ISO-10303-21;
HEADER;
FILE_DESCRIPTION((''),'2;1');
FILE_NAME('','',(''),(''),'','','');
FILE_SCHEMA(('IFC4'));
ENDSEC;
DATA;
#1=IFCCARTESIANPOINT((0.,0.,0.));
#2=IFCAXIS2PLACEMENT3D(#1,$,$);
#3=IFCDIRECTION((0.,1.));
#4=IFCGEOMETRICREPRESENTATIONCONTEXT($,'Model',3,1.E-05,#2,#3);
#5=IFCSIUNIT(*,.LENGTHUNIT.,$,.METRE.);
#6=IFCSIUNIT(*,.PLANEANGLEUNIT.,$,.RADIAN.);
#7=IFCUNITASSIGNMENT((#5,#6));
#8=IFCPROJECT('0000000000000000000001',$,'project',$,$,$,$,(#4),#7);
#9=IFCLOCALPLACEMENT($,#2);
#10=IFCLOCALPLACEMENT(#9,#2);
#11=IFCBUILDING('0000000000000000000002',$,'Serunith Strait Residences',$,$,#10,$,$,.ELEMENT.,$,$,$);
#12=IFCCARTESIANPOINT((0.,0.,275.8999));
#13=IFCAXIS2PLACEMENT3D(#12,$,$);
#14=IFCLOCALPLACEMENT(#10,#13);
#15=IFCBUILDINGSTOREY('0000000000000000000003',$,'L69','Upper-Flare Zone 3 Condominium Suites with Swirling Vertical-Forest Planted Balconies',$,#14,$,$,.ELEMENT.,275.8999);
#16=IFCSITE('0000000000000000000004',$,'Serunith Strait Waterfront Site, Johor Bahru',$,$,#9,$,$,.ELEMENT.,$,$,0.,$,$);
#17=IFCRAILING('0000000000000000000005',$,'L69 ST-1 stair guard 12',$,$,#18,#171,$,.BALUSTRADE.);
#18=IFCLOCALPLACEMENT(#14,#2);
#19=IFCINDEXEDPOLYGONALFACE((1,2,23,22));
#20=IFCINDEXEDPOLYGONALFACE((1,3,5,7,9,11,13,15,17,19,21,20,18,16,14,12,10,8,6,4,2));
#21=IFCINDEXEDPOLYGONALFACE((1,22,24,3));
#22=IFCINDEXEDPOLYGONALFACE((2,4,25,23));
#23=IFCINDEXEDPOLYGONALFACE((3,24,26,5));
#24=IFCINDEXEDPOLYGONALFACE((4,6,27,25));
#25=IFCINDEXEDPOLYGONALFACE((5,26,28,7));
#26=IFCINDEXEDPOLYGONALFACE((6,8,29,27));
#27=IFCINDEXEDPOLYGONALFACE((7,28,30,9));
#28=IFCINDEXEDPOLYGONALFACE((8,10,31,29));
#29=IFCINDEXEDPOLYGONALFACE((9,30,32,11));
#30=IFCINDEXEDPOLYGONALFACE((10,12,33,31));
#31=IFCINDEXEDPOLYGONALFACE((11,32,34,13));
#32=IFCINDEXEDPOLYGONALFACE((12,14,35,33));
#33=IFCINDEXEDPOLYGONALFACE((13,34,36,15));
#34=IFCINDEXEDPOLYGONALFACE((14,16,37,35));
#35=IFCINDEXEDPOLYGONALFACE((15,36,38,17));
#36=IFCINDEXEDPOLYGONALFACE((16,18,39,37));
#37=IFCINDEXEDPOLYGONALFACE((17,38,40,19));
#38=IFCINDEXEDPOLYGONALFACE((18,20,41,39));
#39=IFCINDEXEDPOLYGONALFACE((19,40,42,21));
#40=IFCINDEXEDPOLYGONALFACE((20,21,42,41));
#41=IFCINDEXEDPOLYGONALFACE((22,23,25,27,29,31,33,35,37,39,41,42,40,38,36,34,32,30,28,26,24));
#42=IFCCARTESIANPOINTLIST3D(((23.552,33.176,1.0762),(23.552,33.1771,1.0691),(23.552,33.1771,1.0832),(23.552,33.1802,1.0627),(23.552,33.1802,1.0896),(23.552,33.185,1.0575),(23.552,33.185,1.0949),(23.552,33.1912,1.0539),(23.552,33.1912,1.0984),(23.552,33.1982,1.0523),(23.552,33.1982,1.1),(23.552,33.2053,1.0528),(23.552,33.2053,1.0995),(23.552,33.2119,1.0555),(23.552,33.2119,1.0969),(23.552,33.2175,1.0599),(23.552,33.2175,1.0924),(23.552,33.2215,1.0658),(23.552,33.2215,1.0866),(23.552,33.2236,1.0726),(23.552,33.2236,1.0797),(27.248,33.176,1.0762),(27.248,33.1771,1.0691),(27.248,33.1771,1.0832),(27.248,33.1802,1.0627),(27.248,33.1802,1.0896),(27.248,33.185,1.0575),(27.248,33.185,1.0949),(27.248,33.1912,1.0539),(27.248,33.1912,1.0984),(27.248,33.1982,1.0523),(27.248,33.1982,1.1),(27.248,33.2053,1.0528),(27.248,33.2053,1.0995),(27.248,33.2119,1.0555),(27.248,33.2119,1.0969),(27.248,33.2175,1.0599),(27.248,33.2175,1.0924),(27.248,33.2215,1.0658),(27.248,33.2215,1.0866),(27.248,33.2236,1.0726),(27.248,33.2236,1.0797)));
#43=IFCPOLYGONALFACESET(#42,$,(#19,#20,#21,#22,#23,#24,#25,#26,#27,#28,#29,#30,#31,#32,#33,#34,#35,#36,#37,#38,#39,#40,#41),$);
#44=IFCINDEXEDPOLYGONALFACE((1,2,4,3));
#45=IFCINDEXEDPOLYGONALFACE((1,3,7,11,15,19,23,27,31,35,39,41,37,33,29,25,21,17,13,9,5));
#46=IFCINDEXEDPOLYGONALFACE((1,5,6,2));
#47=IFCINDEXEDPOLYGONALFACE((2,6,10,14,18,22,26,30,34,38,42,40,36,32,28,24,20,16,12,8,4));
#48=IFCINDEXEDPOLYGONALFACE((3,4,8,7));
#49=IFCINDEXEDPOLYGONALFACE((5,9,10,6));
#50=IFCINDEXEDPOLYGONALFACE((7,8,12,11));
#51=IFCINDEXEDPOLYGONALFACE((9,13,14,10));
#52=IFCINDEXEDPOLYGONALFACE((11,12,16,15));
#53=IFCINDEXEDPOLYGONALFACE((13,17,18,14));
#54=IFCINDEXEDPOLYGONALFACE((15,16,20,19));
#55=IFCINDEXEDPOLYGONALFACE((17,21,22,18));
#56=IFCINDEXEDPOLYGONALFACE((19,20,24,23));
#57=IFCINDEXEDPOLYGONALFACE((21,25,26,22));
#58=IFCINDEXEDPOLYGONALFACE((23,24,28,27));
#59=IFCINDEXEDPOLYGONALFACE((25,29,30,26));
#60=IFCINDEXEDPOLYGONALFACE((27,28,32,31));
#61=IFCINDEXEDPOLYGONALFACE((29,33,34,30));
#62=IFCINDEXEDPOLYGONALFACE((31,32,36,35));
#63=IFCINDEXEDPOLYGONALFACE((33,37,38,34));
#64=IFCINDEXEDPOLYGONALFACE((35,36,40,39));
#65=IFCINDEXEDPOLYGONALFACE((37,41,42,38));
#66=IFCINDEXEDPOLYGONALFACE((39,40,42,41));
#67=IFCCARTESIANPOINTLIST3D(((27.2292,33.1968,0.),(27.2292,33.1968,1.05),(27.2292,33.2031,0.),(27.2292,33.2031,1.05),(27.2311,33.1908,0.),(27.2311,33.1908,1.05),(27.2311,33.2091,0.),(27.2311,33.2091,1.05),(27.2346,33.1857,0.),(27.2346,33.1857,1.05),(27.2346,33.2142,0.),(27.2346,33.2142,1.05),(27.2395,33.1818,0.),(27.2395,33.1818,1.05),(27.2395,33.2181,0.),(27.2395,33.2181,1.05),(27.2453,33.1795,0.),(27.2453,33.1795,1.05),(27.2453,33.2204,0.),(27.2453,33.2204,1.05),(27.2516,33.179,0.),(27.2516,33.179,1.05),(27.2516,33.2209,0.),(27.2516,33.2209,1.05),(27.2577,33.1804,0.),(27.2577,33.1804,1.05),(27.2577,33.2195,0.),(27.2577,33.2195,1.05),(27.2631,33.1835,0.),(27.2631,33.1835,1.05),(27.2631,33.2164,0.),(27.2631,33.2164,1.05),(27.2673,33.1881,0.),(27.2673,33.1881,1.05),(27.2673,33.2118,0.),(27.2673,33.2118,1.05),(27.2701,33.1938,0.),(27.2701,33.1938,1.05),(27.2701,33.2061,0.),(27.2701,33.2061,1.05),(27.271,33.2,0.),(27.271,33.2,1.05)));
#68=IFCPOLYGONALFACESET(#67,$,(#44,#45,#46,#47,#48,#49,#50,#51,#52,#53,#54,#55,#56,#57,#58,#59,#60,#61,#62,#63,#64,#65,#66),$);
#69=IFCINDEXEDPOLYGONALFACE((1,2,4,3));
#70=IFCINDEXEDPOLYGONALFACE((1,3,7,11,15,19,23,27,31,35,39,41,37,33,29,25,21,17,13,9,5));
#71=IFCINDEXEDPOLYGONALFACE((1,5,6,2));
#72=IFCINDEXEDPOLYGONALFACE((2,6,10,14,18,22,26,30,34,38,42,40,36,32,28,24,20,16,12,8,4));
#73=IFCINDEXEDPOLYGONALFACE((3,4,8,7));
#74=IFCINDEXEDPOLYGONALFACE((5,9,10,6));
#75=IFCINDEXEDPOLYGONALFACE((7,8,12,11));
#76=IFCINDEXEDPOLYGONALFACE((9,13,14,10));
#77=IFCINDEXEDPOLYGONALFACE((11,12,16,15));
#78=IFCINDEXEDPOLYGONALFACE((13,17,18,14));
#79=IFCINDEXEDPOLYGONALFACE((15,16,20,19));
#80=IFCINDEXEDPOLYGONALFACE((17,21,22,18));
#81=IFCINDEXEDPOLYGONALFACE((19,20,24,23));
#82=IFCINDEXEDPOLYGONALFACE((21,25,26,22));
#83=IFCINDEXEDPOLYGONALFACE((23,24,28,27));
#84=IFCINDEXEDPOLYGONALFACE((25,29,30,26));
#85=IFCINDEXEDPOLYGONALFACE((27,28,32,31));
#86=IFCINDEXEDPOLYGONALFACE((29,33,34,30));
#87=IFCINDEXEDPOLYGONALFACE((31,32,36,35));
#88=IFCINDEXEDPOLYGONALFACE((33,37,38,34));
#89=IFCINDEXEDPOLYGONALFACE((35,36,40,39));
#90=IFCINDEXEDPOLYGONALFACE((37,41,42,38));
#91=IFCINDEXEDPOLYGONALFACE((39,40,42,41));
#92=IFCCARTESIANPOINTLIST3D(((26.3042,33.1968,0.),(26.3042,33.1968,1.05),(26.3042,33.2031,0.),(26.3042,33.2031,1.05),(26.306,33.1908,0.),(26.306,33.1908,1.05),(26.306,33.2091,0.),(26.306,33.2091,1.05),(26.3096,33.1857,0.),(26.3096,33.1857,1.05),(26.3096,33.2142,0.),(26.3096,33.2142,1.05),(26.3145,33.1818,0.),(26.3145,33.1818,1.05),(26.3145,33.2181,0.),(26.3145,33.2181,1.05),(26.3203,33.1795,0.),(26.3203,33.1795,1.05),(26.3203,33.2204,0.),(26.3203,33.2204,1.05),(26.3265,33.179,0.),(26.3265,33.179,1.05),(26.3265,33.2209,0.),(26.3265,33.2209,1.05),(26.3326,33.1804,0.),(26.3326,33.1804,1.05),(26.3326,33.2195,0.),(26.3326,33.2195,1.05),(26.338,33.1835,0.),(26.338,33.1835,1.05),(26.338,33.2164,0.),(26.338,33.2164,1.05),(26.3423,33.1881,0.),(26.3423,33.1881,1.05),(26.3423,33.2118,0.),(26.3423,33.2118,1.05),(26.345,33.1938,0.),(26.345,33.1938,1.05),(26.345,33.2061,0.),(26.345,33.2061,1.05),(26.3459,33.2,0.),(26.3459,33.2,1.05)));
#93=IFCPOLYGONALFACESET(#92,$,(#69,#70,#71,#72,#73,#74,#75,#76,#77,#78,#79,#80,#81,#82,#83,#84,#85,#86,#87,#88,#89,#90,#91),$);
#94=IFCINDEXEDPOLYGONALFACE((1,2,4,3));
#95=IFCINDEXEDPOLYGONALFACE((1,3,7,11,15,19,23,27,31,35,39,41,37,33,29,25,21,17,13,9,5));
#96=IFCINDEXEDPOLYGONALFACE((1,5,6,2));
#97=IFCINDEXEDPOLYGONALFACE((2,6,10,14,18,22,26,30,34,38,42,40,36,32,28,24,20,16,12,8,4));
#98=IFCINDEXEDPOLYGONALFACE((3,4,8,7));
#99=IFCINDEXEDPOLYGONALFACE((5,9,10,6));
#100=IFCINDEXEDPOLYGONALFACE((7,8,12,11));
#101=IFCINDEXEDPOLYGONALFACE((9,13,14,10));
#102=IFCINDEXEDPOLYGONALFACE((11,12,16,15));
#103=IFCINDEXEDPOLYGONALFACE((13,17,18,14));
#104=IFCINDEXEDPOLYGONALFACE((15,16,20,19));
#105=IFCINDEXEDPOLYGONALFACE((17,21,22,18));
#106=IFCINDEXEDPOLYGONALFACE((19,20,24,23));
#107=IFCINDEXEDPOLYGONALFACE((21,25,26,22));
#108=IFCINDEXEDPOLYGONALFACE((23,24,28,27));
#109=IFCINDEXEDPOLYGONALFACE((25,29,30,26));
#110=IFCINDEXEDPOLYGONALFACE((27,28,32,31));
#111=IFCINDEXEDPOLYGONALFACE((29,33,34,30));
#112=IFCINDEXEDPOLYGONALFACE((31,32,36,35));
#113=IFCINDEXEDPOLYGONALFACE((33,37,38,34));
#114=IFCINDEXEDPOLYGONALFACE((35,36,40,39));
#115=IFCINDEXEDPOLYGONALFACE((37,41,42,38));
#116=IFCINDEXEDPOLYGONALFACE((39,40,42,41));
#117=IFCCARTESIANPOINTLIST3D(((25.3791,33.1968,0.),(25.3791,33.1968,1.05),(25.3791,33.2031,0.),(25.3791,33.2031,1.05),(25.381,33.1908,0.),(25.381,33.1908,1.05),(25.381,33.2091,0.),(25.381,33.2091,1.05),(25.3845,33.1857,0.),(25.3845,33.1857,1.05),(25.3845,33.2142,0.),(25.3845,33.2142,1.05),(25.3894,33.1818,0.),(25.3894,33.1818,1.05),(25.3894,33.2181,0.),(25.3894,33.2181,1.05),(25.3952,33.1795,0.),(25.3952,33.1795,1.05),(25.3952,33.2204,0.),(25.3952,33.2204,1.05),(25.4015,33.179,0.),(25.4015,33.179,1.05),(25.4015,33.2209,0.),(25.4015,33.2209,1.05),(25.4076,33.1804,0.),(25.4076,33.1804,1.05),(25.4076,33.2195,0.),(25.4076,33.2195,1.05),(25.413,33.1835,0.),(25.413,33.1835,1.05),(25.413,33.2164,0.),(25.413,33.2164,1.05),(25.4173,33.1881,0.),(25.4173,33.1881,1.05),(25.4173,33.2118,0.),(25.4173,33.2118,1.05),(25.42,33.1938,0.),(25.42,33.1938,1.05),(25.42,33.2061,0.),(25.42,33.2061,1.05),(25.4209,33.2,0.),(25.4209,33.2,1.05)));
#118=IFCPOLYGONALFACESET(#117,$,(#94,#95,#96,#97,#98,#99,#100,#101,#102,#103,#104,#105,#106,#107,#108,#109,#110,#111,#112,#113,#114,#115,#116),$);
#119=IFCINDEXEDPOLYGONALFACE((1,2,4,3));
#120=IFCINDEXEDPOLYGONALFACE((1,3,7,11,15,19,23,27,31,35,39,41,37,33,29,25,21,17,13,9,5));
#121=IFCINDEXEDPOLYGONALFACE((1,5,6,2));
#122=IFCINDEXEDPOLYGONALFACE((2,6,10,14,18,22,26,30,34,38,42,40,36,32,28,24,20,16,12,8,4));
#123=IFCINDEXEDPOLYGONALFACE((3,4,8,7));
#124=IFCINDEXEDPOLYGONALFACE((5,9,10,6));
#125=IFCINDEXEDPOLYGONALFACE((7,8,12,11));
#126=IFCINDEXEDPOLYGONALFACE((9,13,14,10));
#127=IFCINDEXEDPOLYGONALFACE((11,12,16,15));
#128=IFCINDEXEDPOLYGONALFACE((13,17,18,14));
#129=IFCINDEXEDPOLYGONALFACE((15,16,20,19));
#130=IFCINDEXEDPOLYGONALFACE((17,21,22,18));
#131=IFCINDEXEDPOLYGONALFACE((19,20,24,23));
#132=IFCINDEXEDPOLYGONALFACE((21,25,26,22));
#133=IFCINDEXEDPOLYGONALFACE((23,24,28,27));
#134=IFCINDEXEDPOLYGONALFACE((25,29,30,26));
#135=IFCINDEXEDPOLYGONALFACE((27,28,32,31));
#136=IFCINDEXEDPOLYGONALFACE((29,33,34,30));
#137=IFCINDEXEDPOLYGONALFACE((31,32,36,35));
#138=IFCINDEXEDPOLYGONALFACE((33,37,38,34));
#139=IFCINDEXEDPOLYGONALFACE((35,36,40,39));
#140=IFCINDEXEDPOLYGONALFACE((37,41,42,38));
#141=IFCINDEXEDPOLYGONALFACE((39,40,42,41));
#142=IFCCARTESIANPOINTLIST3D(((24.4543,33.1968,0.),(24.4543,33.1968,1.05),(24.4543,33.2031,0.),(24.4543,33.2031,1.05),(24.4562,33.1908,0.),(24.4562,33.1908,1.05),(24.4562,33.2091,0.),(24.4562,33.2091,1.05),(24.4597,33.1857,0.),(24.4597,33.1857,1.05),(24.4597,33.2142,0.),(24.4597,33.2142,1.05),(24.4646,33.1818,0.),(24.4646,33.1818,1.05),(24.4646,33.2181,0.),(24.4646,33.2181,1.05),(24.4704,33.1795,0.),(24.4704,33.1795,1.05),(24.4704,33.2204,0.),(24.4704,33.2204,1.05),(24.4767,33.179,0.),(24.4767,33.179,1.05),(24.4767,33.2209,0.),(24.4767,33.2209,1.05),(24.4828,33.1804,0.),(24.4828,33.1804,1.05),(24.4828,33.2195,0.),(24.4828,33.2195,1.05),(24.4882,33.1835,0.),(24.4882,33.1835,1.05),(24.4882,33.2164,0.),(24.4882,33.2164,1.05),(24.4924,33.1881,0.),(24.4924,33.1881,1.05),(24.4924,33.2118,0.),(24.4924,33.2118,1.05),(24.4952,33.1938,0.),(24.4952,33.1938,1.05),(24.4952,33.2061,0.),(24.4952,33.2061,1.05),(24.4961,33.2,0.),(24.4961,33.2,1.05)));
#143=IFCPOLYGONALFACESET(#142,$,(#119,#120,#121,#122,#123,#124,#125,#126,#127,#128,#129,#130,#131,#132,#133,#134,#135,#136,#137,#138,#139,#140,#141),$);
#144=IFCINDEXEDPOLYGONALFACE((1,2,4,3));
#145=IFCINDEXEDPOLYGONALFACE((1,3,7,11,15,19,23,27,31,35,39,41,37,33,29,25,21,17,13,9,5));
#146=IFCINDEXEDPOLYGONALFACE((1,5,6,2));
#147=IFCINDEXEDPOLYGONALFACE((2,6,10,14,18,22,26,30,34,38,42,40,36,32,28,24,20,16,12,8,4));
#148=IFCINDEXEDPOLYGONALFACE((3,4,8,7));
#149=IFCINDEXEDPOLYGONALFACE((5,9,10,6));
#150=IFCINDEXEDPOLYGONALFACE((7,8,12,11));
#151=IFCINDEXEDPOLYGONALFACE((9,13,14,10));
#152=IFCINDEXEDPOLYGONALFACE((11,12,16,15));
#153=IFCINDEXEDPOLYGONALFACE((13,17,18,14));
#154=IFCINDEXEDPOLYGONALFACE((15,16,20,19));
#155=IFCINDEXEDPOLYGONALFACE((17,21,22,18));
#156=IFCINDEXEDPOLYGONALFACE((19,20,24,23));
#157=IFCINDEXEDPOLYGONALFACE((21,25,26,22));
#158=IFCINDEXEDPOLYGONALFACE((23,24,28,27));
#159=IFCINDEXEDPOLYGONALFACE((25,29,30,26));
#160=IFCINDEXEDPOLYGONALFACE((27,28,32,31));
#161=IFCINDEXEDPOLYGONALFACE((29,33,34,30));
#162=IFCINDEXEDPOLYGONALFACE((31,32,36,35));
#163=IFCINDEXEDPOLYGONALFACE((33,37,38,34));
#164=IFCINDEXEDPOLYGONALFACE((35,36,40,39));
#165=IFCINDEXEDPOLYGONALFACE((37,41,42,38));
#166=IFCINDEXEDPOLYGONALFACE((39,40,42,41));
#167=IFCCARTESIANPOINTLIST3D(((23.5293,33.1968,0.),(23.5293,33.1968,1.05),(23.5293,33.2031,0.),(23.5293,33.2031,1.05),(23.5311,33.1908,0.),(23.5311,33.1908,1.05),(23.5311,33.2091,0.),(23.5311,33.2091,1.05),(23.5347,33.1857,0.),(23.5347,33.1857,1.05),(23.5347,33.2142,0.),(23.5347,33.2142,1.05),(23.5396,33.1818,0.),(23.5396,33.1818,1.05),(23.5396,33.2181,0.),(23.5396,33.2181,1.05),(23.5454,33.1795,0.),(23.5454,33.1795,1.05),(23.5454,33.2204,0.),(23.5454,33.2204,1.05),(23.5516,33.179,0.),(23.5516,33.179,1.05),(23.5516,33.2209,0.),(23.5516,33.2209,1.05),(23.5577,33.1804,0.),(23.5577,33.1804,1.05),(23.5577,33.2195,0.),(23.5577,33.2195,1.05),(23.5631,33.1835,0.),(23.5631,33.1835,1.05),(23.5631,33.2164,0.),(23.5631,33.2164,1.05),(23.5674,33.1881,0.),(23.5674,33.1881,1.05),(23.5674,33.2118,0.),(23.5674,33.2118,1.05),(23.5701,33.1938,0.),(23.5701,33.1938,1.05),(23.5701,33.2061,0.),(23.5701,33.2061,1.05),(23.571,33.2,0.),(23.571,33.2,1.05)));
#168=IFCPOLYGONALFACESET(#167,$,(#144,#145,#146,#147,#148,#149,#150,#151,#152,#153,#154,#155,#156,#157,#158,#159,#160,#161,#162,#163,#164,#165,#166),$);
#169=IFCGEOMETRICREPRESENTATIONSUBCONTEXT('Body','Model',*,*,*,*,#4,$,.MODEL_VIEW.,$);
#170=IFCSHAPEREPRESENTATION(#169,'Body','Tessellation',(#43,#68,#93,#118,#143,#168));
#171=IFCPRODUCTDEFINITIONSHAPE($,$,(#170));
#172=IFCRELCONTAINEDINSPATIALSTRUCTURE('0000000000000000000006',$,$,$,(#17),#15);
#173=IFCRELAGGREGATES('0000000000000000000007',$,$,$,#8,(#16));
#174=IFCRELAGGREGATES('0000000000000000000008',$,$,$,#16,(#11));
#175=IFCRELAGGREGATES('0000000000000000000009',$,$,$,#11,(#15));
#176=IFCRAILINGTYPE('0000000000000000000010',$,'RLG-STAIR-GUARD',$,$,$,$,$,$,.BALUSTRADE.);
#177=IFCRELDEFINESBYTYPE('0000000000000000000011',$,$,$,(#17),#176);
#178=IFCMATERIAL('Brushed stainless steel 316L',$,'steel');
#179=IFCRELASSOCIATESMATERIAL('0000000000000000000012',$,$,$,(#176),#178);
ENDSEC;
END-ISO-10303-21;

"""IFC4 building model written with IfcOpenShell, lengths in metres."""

from ifc_helpers import new_model, si_unit, direction, frame, origin, origin_2d, place, context, subcontext, project, spatial, circle, extrude, material, type_object, element, save


model = new_model("IFC4")

# Units and contexts
model_context = context("Model", 3, precision=1e-05, world=origin(), true_north=direction((0.0, 1.0)))
body_context = subcontext(model_context, "Body", "Model", "MODEL_VIEW")
ifc_project = project(units=[si_unit("LENGTHUNIT", "METRE"), si_unit("PLANEANGLEUNIT", "RADIAN")], contexts=[model_context])

# Site, building, storey
site_placement = place(None, origin())
site = spatial("IfcSite", under=ifc_project, at=site_placement, Name="Serunith Strait Waterfront Site, Johor Bahru", CompositionType="ELEMENT", RefElevation=0.0)
building_placement = place(site_placement, origin())
building = spatial("IfcBuilding", under=site, at=building_placement, Name="Serunith Strait Residences", CompositionType="ELEMENT")
storey_placement = place(building_placement, frame((0.0, 0.0, 275.8999)))
storey = spatial("IfcBuildingStorey", under=building, at=storey_placement, Name="L69", Description="Upper-Flare Zone 3 Condominium Suites with Swirling Vertical-Forest Planted Balconies", CompositionType="ELEMENT", Elevation=275.8999)

# Railing
ifc_material_1 = material(Name="Brushed stainless steel 316L", Category="steel")
railing_type_1 = type_object("IfcRailingType", Name="RLG-STAIR-GUARD", PredefinedType="BALUSTRADE", material=ifc_material_1)
railing_1_placement = place(storey_placement, frame((27.25, 33.2, 0.0)))
element("IfcRailing", 1, at=railing_1_placement, inside=storey, type_object=railing_type_1, Name="L69 ST-1 stair guard 12", PredefinedType="BALUSTRADE", context=body_context, shape_type="SweptSolid", body=[
    extrude(circle(Radius=0.0239, at=origin_2d()), frame((-0.002, 0.0, 1.0762), z_axis=(-1.0, 0.0, 0.0), x_axis=(0.0, -1.0, 0.0)), (0.0, 0.0, 1.0), 3.696),
    extrude(circle(Radius=0.021, at=origin_2d()), origin(), (0.0, 0.0, 1.0), 1.05),
    extrude(circle(Radius=0.021, at=origin_2d()), frame((-0.925, 0.0, 0.0)), (0.0, 0.0, 1.0), 1.05),
    extrude(circle(Radius=0.021, at=origin_2d()), frame((-1.8501, 0.0, 0.0)), (0.0, 0.0, 1.0), 1.05),
    extrude(circle(Radius=0.021, at=origin_2d()), frame((-2.7749, 0.0, 0.0)), (0.0, 0.0, 1.0), 1.05),
    extrude(circle(Radius=0.021, at=origin_2d()), frame((-3.7, 0.0, 0.0)), (0.0, 0.0, 1.0), 1.05),
])

save(model, "model.ifc")
